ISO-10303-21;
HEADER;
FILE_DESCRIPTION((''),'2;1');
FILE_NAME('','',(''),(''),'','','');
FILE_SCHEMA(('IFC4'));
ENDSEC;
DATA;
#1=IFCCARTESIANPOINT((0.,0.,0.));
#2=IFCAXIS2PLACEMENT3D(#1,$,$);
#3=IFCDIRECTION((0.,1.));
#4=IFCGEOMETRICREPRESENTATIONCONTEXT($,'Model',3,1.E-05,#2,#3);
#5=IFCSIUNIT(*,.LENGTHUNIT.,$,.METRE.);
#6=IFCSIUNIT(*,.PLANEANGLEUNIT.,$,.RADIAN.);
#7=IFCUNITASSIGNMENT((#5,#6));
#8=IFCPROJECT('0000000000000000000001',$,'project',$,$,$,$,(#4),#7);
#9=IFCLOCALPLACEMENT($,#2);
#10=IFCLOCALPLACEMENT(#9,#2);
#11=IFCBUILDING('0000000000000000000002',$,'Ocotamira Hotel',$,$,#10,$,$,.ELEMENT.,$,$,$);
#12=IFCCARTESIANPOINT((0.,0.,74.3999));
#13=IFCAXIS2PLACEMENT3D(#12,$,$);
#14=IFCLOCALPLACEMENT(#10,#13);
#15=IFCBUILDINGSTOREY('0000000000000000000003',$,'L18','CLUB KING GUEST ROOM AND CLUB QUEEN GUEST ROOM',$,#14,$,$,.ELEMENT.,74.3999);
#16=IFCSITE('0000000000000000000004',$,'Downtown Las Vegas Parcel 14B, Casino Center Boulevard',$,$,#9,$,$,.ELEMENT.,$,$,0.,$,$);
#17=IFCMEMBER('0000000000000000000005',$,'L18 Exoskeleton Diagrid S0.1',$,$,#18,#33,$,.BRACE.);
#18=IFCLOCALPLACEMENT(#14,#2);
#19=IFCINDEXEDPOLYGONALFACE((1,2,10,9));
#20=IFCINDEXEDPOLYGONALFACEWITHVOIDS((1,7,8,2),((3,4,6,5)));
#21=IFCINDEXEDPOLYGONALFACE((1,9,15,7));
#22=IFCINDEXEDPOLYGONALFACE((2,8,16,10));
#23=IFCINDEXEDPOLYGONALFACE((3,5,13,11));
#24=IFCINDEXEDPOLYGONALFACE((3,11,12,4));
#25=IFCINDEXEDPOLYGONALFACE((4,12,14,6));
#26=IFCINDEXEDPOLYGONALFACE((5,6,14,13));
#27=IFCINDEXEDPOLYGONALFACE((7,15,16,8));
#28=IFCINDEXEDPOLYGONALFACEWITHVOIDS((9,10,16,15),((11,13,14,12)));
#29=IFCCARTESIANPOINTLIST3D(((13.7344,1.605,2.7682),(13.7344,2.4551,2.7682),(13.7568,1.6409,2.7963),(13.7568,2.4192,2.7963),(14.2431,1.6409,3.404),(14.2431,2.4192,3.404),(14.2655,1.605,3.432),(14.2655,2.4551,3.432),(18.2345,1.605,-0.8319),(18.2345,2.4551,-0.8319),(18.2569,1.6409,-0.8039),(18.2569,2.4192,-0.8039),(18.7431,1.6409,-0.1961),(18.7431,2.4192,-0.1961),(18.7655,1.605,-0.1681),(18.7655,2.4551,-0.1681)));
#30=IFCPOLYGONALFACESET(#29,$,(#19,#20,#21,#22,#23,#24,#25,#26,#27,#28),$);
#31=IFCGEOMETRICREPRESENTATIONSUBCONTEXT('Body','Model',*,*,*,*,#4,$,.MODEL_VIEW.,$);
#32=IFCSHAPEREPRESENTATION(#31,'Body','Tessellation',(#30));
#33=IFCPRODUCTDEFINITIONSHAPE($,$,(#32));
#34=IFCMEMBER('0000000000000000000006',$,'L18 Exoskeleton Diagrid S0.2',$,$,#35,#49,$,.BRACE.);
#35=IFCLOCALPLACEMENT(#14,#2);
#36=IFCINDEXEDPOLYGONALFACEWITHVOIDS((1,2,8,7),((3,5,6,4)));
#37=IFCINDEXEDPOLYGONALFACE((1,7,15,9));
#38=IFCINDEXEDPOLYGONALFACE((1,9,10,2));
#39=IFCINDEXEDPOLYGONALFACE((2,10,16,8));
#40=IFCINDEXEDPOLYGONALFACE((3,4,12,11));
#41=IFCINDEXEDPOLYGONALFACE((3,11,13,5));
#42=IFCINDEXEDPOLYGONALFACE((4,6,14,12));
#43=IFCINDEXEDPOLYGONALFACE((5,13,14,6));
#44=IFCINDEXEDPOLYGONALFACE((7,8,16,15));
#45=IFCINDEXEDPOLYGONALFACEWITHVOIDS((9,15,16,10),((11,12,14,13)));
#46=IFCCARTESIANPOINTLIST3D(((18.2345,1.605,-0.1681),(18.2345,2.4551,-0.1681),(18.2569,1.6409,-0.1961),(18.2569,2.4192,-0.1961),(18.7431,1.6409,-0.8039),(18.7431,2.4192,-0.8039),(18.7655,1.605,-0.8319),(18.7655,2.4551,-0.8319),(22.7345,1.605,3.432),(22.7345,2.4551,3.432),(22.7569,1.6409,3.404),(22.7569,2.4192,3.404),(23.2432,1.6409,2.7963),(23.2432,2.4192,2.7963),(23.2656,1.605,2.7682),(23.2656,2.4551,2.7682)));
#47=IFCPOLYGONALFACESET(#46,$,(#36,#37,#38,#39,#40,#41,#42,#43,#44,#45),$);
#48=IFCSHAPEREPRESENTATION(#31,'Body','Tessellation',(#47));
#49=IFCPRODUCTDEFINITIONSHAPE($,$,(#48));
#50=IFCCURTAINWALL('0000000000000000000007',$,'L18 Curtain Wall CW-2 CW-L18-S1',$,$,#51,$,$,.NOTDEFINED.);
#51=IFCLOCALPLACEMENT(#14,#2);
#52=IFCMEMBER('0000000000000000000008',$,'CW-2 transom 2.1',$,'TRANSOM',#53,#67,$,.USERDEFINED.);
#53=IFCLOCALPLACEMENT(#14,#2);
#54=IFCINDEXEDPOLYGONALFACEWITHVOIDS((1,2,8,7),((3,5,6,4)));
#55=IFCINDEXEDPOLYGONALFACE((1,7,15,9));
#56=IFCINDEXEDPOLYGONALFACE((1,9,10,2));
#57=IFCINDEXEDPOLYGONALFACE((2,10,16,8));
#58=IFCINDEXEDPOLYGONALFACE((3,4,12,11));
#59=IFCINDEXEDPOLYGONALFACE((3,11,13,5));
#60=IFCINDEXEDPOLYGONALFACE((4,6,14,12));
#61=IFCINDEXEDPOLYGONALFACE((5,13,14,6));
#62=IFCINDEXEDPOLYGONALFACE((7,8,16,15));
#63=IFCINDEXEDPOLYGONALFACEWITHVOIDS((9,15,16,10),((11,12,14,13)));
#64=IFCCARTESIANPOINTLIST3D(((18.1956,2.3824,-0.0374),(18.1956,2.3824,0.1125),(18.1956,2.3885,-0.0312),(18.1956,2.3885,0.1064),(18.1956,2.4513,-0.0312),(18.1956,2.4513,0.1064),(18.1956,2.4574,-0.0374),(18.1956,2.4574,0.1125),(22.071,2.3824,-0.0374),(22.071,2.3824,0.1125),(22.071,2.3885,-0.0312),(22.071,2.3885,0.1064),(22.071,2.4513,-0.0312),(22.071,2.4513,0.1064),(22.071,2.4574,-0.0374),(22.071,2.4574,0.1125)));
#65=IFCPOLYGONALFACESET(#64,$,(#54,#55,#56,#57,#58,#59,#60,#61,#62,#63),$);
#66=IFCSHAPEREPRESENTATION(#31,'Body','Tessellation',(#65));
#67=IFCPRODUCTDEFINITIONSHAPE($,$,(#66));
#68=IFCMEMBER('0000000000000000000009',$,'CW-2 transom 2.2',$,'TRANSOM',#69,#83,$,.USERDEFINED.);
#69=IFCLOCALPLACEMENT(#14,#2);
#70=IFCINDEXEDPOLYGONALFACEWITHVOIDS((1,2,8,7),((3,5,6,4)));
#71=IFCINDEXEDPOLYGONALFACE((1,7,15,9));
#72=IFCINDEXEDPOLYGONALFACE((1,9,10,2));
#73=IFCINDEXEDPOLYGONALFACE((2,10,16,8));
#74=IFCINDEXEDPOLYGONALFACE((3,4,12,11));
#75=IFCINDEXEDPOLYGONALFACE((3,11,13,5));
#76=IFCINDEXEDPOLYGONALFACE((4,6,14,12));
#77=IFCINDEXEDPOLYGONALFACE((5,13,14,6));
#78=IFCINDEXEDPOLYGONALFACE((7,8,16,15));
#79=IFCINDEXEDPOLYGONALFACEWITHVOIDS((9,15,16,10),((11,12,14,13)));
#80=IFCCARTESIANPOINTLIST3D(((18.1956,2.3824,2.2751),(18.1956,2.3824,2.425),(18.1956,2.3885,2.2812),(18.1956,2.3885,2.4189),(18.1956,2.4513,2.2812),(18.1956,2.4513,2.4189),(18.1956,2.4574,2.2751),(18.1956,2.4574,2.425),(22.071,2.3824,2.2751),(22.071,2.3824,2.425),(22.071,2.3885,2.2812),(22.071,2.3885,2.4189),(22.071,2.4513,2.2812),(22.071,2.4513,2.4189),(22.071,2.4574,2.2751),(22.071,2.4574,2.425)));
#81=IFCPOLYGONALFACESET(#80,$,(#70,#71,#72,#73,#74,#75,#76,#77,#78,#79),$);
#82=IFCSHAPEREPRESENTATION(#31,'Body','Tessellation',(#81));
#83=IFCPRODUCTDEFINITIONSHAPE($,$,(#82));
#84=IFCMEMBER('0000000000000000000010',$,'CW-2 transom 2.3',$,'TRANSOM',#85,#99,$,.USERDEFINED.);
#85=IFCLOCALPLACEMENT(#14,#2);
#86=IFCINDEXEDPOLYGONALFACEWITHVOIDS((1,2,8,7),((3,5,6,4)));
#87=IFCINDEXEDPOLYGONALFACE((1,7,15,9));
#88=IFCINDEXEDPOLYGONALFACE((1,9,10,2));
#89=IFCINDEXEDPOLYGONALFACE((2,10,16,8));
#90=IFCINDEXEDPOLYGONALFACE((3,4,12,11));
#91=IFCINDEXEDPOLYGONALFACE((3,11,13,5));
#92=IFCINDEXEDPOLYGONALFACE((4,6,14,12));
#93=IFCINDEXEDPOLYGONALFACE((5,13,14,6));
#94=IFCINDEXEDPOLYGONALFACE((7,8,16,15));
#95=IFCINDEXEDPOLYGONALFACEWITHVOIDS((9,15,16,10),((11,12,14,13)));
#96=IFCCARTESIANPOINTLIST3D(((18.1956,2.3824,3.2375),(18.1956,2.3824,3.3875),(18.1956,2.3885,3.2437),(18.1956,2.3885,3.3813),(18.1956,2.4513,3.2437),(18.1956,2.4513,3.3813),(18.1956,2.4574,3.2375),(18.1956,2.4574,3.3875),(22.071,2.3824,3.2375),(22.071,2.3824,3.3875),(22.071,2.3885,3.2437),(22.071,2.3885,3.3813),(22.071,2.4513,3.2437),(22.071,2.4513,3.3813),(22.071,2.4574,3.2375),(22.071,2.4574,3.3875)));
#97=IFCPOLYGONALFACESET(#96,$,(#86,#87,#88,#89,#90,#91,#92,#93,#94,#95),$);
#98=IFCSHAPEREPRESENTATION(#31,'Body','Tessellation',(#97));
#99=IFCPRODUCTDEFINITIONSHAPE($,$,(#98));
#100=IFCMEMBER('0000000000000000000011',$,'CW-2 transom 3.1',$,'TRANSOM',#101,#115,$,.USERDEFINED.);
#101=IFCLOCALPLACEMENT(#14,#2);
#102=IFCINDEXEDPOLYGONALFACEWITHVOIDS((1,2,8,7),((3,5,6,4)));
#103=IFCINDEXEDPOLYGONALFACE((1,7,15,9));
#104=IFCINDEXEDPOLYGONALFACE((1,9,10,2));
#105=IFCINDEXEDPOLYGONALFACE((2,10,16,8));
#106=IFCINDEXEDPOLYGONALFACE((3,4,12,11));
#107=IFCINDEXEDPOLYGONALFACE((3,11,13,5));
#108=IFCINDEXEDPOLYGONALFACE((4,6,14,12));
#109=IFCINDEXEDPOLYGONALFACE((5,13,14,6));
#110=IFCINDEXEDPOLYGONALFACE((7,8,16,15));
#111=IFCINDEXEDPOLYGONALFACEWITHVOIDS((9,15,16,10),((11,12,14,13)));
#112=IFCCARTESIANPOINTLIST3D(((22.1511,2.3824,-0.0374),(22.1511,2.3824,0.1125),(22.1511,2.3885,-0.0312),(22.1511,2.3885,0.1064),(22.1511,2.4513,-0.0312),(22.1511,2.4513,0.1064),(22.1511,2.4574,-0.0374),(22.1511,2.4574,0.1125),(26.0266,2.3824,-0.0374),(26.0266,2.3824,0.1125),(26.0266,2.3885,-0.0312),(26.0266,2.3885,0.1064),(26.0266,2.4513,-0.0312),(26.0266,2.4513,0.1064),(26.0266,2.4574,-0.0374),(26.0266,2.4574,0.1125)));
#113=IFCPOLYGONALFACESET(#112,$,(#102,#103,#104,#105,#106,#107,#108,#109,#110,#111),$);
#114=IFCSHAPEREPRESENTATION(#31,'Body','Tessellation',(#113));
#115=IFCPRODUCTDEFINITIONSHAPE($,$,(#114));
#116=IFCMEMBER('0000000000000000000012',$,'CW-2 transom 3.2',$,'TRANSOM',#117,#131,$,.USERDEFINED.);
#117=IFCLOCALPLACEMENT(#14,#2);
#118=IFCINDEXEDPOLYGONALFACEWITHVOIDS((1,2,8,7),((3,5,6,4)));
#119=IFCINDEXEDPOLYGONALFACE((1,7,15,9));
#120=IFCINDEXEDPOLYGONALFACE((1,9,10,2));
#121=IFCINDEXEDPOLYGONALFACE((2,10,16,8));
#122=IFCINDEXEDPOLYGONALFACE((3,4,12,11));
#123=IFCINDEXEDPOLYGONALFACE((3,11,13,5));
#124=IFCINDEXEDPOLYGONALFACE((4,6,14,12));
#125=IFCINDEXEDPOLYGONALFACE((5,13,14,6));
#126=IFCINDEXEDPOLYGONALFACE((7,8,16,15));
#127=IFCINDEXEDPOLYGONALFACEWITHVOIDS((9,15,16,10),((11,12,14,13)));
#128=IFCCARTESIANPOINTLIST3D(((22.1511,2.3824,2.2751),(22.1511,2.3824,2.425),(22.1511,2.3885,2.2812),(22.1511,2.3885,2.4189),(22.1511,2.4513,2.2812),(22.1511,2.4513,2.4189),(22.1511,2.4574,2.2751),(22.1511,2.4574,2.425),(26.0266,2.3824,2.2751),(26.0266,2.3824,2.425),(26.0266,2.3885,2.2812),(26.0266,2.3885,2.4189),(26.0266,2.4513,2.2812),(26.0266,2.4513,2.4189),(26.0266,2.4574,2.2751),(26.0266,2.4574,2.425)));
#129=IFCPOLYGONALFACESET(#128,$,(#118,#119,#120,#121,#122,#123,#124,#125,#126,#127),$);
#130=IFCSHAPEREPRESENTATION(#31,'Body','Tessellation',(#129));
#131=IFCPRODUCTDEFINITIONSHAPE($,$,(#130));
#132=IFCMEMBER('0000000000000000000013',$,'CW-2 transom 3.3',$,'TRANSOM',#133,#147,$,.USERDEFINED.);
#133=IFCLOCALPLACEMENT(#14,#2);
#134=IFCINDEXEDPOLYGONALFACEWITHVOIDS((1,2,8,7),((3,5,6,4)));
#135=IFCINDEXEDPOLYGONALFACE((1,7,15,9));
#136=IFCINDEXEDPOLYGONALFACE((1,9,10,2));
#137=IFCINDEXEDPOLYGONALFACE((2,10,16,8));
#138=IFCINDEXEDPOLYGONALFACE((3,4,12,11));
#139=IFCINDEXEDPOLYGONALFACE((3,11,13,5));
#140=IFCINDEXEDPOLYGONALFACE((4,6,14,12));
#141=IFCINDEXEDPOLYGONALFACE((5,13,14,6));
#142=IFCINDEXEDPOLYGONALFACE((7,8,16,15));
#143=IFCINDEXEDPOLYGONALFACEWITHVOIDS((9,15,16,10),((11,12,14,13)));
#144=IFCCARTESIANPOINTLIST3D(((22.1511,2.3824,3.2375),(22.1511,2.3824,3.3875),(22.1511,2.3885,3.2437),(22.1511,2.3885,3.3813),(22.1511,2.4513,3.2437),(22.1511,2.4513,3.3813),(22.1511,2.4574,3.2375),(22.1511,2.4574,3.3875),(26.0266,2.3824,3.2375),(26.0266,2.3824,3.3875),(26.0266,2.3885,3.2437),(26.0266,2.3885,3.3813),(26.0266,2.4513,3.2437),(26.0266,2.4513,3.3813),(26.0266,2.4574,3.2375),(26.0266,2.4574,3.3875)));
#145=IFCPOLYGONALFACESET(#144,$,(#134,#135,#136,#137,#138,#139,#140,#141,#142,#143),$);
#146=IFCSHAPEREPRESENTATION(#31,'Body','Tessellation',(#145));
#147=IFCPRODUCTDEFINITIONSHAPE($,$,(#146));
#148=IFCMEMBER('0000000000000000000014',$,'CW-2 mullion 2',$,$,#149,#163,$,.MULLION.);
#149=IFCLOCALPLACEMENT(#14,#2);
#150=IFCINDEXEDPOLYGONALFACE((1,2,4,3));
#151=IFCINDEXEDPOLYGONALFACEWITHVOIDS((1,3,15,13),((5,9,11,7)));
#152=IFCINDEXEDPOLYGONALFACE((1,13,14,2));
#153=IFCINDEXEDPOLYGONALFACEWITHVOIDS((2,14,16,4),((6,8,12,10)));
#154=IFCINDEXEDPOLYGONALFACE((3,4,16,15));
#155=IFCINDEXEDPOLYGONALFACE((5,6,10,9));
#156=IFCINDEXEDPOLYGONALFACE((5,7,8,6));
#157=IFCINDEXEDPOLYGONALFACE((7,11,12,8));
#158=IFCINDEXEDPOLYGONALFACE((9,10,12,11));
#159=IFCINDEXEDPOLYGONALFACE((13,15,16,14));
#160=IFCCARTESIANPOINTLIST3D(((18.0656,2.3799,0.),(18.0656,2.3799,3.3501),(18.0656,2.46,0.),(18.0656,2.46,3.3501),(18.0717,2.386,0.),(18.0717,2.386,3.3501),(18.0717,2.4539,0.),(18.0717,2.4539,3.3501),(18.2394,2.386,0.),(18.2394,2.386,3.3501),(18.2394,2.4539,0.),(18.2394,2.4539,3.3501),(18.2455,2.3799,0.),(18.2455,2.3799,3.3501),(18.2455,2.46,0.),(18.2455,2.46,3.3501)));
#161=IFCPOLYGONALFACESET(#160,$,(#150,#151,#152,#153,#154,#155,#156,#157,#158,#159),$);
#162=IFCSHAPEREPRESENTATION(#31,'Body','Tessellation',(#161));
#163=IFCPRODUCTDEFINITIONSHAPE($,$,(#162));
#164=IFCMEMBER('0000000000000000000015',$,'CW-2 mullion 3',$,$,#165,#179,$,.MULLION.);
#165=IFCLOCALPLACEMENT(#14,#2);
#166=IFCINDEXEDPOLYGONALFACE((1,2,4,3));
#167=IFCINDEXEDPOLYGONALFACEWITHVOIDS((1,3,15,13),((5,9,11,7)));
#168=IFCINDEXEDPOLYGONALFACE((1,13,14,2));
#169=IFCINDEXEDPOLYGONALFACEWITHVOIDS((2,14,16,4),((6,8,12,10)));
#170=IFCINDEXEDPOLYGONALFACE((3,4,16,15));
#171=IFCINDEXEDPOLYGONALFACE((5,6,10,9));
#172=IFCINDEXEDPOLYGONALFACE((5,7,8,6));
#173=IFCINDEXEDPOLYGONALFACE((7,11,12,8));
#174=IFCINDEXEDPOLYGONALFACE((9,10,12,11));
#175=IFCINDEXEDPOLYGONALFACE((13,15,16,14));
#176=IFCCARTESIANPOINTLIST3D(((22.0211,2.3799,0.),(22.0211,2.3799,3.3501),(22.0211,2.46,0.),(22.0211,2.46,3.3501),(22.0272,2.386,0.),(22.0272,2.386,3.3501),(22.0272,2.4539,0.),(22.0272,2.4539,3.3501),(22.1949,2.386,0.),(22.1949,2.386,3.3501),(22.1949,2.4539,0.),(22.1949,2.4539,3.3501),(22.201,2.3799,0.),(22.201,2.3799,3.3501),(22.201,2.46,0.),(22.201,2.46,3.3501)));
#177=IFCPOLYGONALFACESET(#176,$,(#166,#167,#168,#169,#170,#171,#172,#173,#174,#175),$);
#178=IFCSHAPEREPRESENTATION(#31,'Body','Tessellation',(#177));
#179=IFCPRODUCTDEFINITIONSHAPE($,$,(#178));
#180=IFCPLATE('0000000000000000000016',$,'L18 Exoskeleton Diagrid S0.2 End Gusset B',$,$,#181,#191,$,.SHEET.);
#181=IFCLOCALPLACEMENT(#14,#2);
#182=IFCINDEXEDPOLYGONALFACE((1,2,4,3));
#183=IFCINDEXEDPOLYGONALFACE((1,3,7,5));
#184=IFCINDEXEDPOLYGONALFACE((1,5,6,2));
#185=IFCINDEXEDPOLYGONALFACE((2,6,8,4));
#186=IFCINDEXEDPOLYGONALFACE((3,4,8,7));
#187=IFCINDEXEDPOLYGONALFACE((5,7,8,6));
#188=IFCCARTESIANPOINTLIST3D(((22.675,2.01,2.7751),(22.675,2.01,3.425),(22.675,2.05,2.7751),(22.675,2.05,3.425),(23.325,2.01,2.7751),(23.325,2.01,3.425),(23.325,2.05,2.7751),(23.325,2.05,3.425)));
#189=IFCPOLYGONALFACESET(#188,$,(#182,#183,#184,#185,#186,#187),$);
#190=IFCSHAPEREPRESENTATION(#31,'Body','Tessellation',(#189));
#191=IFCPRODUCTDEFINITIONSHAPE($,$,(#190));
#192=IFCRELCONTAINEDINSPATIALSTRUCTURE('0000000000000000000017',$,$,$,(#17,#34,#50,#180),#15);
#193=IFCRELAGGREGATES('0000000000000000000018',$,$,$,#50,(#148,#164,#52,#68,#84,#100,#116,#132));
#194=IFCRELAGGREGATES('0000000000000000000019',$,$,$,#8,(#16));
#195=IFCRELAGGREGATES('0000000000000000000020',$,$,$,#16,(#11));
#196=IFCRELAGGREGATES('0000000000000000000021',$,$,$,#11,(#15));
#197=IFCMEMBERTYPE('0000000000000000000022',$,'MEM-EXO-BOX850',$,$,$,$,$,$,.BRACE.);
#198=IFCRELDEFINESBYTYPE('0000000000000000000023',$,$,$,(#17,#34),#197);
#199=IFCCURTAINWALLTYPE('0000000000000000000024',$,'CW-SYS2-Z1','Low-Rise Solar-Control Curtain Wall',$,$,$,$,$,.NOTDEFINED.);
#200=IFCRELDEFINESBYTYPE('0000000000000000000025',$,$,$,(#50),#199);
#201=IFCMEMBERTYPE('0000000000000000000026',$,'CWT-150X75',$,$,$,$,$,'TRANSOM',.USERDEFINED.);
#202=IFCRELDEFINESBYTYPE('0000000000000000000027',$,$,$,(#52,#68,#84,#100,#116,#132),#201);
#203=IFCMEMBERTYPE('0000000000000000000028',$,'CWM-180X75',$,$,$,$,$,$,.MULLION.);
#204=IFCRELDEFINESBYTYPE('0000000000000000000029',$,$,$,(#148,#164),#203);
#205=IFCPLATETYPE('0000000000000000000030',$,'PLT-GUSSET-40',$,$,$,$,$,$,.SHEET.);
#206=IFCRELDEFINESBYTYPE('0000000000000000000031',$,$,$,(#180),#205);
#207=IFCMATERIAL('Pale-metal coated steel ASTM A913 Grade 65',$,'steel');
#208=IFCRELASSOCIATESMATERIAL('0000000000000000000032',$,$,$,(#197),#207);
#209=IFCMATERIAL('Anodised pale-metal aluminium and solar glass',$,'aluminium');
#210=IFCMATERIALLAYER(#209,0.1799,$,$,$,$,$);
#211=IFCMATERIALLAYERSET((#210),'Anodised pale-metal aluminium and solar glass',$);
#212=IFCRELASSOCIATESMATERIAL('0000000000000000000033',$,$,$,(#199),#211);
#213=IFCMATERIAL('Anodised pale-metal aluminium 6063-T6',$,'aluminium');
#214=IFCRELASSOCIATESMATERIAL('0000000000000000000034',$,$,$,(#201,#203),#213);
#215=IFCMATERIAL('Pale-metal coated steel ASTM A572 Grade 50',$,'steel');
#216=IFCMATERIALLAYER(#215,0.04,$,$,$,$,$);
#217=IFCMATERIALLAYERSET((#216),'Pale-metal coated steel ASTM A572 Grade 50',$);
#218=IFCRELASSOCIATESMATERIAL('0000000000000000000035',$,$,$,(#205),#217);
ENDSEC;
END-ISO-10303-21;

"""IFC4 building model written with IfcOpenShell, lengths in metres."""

from ifc_helpers import new_model, si_unit, direction, frame, origin, origin_2d, place, context, subcontext, project, spatial, rectangle, hollow_rectangle, extrude, source, transform, mapped, material, layer, layer_set, material_profile, profile_set, type_object, element, aggregate, save


model = new_model("IFC4")

# Units and contexts
model_context = context("Model", 3, precision=1e-05, world=origin(), true_north=direction((0.0, 1.0)))
body_context = subcontext(model_context, "Body", "Model", "MODEL_VIEW")
ifc_project = project(units=[si_unit("LENGTHUNIT", "METRE"), si_unit("PLANEANGLEUNIT", "RADIAN")], contexts=[model_context])

# Site, building, storey
site_placement = place(None, origin())
site = spatial("IfcSite", under=ifc_project, at=site_placement, Name="Downtown Las Vegas Parcel 14B, Casino Center Boulevard", CompositionType="ELEMENT", RefElevation=0.0)
building_placement = place(site_placement, origin())
building = spatial("IfcBuilding", under=site, at=building_placement, Name="Ocotamira Hotel", CompositionType="ELEMENT")
storey_placement = place(building_placement, frame((0.0, 0.0, 74.3999)))
storey = spatial("IfcBuildingStorey", under=building, at=storey_placement, Name="L18", Description="CLUB KING GUEST ROOM AND CLUB QUEEN GUEST ROOM", CompositionType="ELEMENT", Elevation=74.3999)

# Members
ifc_material_1 = material(Name="Pale-metal coated steel ASTM A913 Grade 65", Category="steel")
ifc_material_profile_1 = material_profile(ifc_material_1, hollow_rectangle(XDim=0.8501, YDim=0.8501, WallThickness=0.0359, at=origin_2d()), Name="BOX850X850X36")
ifc_profile_set_1 = profile_set([ifc_material_profile_1], Name="Pale-metal coated steel ASTM A913 Grade 65")
member_type_1 = type_object("IfcMemberType", Name="MEM-EXO-BOX850", PredefinedType="BRACE", material=ifc_profile_set_1)
shared_shape_1 = source(origin(), body_context, "Body", "SweptSolid", [
    extrude(hollow_rectangle(XDim=0.8501, YDim=0.8501, WallThickness=0.0359, at=origin_2d()), origin(), (0.0, 0.0, 1.0), 5.7629),
])
for number, where, z_axis, x_axis, name in (
    (1, (18.5, 2.03, -0.5), (-0.780861, 0.0, 0.624705), (0.0, -1.0, 0.0), "L18 Exoskeleton Diagrid S0.1"),
    (2, (18.5, 2.03, -0.5), (0.780861, 0.0, 0.624705), (0.0, 1.0, 0.0), "L18 Exoskeleton Diagrid S0.2"),
):
    element("IfcMember", number, at=place(storey_placement, frame(where, z_axis=z_axis, x_axis=x_axis)), inside=storey, type_object=member_type_1, Name=name, PredefinedType="BRACE", context=body_context, shape_type="MappedRepresentation", body=[
        mapped(shared_shape_1, transform((0.0, 0.0, 0.0), scale=1.0)),
    ])

# Curtain wall, members
ifc_material_2 = material(Name="Anodised pale-metal aluminium and solar glass", Category="aluminium")
ifc_layer_1 = layer(ifc_material_2, 0.1799)
ifc_layer_set_1 = layer_set([ifc_layer_1], Name="Anodised pale-metal aluminium and solar glass")
curtain_wall_type = type_object("IfcCurtainWallType", Name="CW-SYS2-Z1", Description="Low-Rise Solar-Control Curtain Wall", PredefinedType="NOTDEFINED", material=ifc_layer_set_1)
curtain_wall_placement = place(storey_placement, origin())
curtain_wall = element("IfcCurtainWall", 3, at=curtain_wall_placement, inside=storey, type_object=curtain_wall_type, Name="L18 Curtain Wall CW-2 CW-L18-S1", PredefinedType="NOTDEFINED")
ifc_material_3 = material(Name="Anodised pale-metal aluminium 6063-T6", Category="aluminium")
ifc_material_profile_2 = material_profile(ifc_material_3, hollow_rectangle(XDim=0.075, YDim=0.1499, WallThickness=0.0061, at=origin_2d()), Name="HSS150X75X6")
ifc_profile_set_2 = profile_set([ifc_material_profile_2], Name="Anodised pale-metal aluminium 6063-T6")
member_type_2 = type_object("IfcMemberType", Name="CWT-150X75", ElementType="TRANSOM", PredefinedType="USERDEFINED", material=ifc_profile_set_2)
shared_shape_2 = source(origin(), body_context, "Body", "SweptSolid", [
    extrude(hollow_rectangle(XDim=0.075, YDim=0.1499, WallThickness=0.0061, at=origin_2d()), origin(), (0.0, 0.0, 1.0), 3.8755),
])
member_1_placement = place(storey_placement, frame((18.1956, 2.4199, 0.0376), z_axis=(1.0, 0.0, 0.0), x_axis=(0.0, 1.0, 0.0)))
member_1 = element("IfcMember", 4, at=member_1_placement, type_object=member_type_2, Name="CW-2 transom 2.1", ObjectType="TRANSOM", PredefinedType="USERDEFINED", context=body_context, shape_type="MappedRepresentation", body=[
    mapped(shared_shape_2, transform((0.0, 0.0, 0.0), scale=1.0)),
])
member_2_placement = place(storey_placement, frame((18.1956, 2.4199, 2.3501), z_axis=(1.0, 0.0, 0.0), x_axis=(0.0, 1.0, 0.0)))
member_2 = element("IfcMember", 5, at=member_2_placement, type_object=member_type_2, Name="CW-2 transom 2.2", ObjectType="TRANSOM", PredefinedType="USERDEFINED", context=body_context, shape_type="MappedRepresentation", body=[
    mapped(shared_shape_2, transform((0.0, 0.0, 0.0), scale=1.0)),
])
member_3_placement = place(storey_placement, frame((18.1956, 2.4199, 3.3125), z_axis=(1.0, 0.0, 0.0), x_axis=(0.0, 1.0, 0.0)))
member_3 = element("IfcMember", 6, at=member_3_placement, type_object=member_type_2, Name="CW-2 transom 2.3", ObjectType="TRANSOM", PredefinedType="USERDEFINED", context=body_context, shape_type="MappedRepresentation", body=[
    mapped(shared_shape_2, transform((0.0, 0.0, 0.0), scale=1.0)),
])
member_4_placement = place(storey_placement, frame((22.1511, 2.4199, 0.0376), z_axis=(1.0, 0.0, 0.0), x_axis=(0.0, 1.0, 0.0)))
member_4 = element("IfcMember", 7, at=member_4_placement, type_object=member_type_2, Name="CW-2 transom 3.1", ObjectType="TRANSOM", PredefinedType="USERDEFINED", context=body_context, shape_type="MappedRepresentation", body=[
    mapped(shared_shape_2, transform((0.0, 0.0, 0.0), scale=1.0)),
])
member_5_placement = place(storey_placement, frame((22.1511, 2.4199, 2.3501), z_axis=(1.0, 0.0, 0.0), x_axis=(0.0, 1.0, 0.0)))
member_5 = element("IfcMember", 8, at=member_5_placement, type_object=member_type_2, Name="CW-2 transom 3.2", ObjectType="TRANSOM", PredefinedType="USERDEFINED", context=body_context, shape_type="MappedRepresentation", body=[
    mapped(shared_shape_2, transform((0.0, 0.0, 0.0), scale=1.0)),
])
member_6_placement = place(storey_placement, frame((22.1511, 2.4199, 3.3125), z_axis=(1.0, 0.0, 0.0), x_axis=(0.0, 1.0, 0.0)))
member_6 = element("IfcMember", 9, at=member_6_placement, type_object=member_type_2, Name="CW-2 transom 3.3", ObjectType="TRANSOM", PredefinedType="USERDEFINED", context=body_context, shape_type="MappedRepresentation", body=[
    mapped(shared_shape_2, transform((0.0, 0.0, 0.0), scale=1.0)),
])
ifc_material_profile_3 = material_profile(ifc_material_3, hollow_rectangle(XDim=0.0801, YDim=0.1799, WallThickness=0.0061, at=origin_2d()), Name="HSS180X80X6")
ifc_profile_set_3 = profile_set([ifc_material_profile_3], Name="Anodised pale-metal aluminium 6063-T6")
member_type_3 = type_object("IfcMemberType", Name="CWM-180X75", PredefinedType="MULLION", material=ifc_profile_set_3)
shared_shape_3 = source(origin(), body_context, "Body", "SweptSolid", [
    extrude(hollow_rectangle(XDim=0.0801, YDim=0.1799, WallThickness=0.0061, at=origin_2d()), origin(), (0.0, 0.0, 1.0), 3.3501),
])
member_7_placement = place(storey_placement, frame((18.1555, 2.4199, 0.0), z_axis=(0.0, 0.0, 1.0), x_axis=(0.0, 1.0, 0.0)))
member_7 = element("IfcMember", 10, at=member_7_placement, type_object=member_type_3, Name="CW-2 mullion 2", PredefinedType="MULLION", context=body_context, shape_type="MappedRepresentation", body=[
    mapped(shared_shape_3, transform((0.0, 0.0, 0.0), scale=1.0)),
])
member_8_placement = place(storey_placement, frame((22.1111, 2.4199, 0.0), z_axis=(0.0, 0.0, 1.0), x_axis=(0.0, 1.0, 0.0)))
member_8 = element("IfcMember", 11, at=member_8_placement, type_object=member_type_3, Name="CW-2 mullion 3", PredefinedType="MULLION", context=body_context, shape_type="MappedRepresentation", body=[
    mapped(shared_shape_3, transform((0.0, 0.0, 0.0), scale=1.0)),
])

# Plate
ifc_material_4 = material(Name="Pale-metal coated steel ASTM A572 Grade 50", Category="steel")
ifc_layer_2 = layer(ifc_material_4, 0.04)
ifc_layer_set_2 = layer_set([ifc_layer_2], Name="Pale-metal coated steel ASTM A572 Grade 50")
plate_type_1 = type_object("IfcPlateType", Name="PLT-GUSSET-40", PredefinedType="SHEET", material=ifc_layer_set_2)
shared_shape_4 = source(origin(), body_context, "Body", "SweptSolid", [
    extrude(rectangle(XDim=0.6499, YDim=0.04, at=origin_2d()), origin(), (0.0, 0.0, 1.0), 0.6499),
])
plate_1_placement = place(storey_placement, frame((23.0, 2.03, 2.7751), z_axis=(0.0, 0.0, 1.0), x_axis=(1.0, 0.0, 0.0)))
element("IfcPlate", 12, at=plate_1_placement, inside=storey, type_object=plate_type_1, Name="L18 Exoskeleton Diagrid S0.2 End Gusset B", PredefinedType="SHEET", context=body_context, shape_type="MappedRepresentation", body=[
    mapped(shared_shape_4, transform((0.0, 0.0, 0.0), scale=1.0)),
])
aggregate(curtain_wall, [member_7, member_8, member_1, member_2, member_3, member_4, member_5, member_6])

save(model, "model.ifc")
